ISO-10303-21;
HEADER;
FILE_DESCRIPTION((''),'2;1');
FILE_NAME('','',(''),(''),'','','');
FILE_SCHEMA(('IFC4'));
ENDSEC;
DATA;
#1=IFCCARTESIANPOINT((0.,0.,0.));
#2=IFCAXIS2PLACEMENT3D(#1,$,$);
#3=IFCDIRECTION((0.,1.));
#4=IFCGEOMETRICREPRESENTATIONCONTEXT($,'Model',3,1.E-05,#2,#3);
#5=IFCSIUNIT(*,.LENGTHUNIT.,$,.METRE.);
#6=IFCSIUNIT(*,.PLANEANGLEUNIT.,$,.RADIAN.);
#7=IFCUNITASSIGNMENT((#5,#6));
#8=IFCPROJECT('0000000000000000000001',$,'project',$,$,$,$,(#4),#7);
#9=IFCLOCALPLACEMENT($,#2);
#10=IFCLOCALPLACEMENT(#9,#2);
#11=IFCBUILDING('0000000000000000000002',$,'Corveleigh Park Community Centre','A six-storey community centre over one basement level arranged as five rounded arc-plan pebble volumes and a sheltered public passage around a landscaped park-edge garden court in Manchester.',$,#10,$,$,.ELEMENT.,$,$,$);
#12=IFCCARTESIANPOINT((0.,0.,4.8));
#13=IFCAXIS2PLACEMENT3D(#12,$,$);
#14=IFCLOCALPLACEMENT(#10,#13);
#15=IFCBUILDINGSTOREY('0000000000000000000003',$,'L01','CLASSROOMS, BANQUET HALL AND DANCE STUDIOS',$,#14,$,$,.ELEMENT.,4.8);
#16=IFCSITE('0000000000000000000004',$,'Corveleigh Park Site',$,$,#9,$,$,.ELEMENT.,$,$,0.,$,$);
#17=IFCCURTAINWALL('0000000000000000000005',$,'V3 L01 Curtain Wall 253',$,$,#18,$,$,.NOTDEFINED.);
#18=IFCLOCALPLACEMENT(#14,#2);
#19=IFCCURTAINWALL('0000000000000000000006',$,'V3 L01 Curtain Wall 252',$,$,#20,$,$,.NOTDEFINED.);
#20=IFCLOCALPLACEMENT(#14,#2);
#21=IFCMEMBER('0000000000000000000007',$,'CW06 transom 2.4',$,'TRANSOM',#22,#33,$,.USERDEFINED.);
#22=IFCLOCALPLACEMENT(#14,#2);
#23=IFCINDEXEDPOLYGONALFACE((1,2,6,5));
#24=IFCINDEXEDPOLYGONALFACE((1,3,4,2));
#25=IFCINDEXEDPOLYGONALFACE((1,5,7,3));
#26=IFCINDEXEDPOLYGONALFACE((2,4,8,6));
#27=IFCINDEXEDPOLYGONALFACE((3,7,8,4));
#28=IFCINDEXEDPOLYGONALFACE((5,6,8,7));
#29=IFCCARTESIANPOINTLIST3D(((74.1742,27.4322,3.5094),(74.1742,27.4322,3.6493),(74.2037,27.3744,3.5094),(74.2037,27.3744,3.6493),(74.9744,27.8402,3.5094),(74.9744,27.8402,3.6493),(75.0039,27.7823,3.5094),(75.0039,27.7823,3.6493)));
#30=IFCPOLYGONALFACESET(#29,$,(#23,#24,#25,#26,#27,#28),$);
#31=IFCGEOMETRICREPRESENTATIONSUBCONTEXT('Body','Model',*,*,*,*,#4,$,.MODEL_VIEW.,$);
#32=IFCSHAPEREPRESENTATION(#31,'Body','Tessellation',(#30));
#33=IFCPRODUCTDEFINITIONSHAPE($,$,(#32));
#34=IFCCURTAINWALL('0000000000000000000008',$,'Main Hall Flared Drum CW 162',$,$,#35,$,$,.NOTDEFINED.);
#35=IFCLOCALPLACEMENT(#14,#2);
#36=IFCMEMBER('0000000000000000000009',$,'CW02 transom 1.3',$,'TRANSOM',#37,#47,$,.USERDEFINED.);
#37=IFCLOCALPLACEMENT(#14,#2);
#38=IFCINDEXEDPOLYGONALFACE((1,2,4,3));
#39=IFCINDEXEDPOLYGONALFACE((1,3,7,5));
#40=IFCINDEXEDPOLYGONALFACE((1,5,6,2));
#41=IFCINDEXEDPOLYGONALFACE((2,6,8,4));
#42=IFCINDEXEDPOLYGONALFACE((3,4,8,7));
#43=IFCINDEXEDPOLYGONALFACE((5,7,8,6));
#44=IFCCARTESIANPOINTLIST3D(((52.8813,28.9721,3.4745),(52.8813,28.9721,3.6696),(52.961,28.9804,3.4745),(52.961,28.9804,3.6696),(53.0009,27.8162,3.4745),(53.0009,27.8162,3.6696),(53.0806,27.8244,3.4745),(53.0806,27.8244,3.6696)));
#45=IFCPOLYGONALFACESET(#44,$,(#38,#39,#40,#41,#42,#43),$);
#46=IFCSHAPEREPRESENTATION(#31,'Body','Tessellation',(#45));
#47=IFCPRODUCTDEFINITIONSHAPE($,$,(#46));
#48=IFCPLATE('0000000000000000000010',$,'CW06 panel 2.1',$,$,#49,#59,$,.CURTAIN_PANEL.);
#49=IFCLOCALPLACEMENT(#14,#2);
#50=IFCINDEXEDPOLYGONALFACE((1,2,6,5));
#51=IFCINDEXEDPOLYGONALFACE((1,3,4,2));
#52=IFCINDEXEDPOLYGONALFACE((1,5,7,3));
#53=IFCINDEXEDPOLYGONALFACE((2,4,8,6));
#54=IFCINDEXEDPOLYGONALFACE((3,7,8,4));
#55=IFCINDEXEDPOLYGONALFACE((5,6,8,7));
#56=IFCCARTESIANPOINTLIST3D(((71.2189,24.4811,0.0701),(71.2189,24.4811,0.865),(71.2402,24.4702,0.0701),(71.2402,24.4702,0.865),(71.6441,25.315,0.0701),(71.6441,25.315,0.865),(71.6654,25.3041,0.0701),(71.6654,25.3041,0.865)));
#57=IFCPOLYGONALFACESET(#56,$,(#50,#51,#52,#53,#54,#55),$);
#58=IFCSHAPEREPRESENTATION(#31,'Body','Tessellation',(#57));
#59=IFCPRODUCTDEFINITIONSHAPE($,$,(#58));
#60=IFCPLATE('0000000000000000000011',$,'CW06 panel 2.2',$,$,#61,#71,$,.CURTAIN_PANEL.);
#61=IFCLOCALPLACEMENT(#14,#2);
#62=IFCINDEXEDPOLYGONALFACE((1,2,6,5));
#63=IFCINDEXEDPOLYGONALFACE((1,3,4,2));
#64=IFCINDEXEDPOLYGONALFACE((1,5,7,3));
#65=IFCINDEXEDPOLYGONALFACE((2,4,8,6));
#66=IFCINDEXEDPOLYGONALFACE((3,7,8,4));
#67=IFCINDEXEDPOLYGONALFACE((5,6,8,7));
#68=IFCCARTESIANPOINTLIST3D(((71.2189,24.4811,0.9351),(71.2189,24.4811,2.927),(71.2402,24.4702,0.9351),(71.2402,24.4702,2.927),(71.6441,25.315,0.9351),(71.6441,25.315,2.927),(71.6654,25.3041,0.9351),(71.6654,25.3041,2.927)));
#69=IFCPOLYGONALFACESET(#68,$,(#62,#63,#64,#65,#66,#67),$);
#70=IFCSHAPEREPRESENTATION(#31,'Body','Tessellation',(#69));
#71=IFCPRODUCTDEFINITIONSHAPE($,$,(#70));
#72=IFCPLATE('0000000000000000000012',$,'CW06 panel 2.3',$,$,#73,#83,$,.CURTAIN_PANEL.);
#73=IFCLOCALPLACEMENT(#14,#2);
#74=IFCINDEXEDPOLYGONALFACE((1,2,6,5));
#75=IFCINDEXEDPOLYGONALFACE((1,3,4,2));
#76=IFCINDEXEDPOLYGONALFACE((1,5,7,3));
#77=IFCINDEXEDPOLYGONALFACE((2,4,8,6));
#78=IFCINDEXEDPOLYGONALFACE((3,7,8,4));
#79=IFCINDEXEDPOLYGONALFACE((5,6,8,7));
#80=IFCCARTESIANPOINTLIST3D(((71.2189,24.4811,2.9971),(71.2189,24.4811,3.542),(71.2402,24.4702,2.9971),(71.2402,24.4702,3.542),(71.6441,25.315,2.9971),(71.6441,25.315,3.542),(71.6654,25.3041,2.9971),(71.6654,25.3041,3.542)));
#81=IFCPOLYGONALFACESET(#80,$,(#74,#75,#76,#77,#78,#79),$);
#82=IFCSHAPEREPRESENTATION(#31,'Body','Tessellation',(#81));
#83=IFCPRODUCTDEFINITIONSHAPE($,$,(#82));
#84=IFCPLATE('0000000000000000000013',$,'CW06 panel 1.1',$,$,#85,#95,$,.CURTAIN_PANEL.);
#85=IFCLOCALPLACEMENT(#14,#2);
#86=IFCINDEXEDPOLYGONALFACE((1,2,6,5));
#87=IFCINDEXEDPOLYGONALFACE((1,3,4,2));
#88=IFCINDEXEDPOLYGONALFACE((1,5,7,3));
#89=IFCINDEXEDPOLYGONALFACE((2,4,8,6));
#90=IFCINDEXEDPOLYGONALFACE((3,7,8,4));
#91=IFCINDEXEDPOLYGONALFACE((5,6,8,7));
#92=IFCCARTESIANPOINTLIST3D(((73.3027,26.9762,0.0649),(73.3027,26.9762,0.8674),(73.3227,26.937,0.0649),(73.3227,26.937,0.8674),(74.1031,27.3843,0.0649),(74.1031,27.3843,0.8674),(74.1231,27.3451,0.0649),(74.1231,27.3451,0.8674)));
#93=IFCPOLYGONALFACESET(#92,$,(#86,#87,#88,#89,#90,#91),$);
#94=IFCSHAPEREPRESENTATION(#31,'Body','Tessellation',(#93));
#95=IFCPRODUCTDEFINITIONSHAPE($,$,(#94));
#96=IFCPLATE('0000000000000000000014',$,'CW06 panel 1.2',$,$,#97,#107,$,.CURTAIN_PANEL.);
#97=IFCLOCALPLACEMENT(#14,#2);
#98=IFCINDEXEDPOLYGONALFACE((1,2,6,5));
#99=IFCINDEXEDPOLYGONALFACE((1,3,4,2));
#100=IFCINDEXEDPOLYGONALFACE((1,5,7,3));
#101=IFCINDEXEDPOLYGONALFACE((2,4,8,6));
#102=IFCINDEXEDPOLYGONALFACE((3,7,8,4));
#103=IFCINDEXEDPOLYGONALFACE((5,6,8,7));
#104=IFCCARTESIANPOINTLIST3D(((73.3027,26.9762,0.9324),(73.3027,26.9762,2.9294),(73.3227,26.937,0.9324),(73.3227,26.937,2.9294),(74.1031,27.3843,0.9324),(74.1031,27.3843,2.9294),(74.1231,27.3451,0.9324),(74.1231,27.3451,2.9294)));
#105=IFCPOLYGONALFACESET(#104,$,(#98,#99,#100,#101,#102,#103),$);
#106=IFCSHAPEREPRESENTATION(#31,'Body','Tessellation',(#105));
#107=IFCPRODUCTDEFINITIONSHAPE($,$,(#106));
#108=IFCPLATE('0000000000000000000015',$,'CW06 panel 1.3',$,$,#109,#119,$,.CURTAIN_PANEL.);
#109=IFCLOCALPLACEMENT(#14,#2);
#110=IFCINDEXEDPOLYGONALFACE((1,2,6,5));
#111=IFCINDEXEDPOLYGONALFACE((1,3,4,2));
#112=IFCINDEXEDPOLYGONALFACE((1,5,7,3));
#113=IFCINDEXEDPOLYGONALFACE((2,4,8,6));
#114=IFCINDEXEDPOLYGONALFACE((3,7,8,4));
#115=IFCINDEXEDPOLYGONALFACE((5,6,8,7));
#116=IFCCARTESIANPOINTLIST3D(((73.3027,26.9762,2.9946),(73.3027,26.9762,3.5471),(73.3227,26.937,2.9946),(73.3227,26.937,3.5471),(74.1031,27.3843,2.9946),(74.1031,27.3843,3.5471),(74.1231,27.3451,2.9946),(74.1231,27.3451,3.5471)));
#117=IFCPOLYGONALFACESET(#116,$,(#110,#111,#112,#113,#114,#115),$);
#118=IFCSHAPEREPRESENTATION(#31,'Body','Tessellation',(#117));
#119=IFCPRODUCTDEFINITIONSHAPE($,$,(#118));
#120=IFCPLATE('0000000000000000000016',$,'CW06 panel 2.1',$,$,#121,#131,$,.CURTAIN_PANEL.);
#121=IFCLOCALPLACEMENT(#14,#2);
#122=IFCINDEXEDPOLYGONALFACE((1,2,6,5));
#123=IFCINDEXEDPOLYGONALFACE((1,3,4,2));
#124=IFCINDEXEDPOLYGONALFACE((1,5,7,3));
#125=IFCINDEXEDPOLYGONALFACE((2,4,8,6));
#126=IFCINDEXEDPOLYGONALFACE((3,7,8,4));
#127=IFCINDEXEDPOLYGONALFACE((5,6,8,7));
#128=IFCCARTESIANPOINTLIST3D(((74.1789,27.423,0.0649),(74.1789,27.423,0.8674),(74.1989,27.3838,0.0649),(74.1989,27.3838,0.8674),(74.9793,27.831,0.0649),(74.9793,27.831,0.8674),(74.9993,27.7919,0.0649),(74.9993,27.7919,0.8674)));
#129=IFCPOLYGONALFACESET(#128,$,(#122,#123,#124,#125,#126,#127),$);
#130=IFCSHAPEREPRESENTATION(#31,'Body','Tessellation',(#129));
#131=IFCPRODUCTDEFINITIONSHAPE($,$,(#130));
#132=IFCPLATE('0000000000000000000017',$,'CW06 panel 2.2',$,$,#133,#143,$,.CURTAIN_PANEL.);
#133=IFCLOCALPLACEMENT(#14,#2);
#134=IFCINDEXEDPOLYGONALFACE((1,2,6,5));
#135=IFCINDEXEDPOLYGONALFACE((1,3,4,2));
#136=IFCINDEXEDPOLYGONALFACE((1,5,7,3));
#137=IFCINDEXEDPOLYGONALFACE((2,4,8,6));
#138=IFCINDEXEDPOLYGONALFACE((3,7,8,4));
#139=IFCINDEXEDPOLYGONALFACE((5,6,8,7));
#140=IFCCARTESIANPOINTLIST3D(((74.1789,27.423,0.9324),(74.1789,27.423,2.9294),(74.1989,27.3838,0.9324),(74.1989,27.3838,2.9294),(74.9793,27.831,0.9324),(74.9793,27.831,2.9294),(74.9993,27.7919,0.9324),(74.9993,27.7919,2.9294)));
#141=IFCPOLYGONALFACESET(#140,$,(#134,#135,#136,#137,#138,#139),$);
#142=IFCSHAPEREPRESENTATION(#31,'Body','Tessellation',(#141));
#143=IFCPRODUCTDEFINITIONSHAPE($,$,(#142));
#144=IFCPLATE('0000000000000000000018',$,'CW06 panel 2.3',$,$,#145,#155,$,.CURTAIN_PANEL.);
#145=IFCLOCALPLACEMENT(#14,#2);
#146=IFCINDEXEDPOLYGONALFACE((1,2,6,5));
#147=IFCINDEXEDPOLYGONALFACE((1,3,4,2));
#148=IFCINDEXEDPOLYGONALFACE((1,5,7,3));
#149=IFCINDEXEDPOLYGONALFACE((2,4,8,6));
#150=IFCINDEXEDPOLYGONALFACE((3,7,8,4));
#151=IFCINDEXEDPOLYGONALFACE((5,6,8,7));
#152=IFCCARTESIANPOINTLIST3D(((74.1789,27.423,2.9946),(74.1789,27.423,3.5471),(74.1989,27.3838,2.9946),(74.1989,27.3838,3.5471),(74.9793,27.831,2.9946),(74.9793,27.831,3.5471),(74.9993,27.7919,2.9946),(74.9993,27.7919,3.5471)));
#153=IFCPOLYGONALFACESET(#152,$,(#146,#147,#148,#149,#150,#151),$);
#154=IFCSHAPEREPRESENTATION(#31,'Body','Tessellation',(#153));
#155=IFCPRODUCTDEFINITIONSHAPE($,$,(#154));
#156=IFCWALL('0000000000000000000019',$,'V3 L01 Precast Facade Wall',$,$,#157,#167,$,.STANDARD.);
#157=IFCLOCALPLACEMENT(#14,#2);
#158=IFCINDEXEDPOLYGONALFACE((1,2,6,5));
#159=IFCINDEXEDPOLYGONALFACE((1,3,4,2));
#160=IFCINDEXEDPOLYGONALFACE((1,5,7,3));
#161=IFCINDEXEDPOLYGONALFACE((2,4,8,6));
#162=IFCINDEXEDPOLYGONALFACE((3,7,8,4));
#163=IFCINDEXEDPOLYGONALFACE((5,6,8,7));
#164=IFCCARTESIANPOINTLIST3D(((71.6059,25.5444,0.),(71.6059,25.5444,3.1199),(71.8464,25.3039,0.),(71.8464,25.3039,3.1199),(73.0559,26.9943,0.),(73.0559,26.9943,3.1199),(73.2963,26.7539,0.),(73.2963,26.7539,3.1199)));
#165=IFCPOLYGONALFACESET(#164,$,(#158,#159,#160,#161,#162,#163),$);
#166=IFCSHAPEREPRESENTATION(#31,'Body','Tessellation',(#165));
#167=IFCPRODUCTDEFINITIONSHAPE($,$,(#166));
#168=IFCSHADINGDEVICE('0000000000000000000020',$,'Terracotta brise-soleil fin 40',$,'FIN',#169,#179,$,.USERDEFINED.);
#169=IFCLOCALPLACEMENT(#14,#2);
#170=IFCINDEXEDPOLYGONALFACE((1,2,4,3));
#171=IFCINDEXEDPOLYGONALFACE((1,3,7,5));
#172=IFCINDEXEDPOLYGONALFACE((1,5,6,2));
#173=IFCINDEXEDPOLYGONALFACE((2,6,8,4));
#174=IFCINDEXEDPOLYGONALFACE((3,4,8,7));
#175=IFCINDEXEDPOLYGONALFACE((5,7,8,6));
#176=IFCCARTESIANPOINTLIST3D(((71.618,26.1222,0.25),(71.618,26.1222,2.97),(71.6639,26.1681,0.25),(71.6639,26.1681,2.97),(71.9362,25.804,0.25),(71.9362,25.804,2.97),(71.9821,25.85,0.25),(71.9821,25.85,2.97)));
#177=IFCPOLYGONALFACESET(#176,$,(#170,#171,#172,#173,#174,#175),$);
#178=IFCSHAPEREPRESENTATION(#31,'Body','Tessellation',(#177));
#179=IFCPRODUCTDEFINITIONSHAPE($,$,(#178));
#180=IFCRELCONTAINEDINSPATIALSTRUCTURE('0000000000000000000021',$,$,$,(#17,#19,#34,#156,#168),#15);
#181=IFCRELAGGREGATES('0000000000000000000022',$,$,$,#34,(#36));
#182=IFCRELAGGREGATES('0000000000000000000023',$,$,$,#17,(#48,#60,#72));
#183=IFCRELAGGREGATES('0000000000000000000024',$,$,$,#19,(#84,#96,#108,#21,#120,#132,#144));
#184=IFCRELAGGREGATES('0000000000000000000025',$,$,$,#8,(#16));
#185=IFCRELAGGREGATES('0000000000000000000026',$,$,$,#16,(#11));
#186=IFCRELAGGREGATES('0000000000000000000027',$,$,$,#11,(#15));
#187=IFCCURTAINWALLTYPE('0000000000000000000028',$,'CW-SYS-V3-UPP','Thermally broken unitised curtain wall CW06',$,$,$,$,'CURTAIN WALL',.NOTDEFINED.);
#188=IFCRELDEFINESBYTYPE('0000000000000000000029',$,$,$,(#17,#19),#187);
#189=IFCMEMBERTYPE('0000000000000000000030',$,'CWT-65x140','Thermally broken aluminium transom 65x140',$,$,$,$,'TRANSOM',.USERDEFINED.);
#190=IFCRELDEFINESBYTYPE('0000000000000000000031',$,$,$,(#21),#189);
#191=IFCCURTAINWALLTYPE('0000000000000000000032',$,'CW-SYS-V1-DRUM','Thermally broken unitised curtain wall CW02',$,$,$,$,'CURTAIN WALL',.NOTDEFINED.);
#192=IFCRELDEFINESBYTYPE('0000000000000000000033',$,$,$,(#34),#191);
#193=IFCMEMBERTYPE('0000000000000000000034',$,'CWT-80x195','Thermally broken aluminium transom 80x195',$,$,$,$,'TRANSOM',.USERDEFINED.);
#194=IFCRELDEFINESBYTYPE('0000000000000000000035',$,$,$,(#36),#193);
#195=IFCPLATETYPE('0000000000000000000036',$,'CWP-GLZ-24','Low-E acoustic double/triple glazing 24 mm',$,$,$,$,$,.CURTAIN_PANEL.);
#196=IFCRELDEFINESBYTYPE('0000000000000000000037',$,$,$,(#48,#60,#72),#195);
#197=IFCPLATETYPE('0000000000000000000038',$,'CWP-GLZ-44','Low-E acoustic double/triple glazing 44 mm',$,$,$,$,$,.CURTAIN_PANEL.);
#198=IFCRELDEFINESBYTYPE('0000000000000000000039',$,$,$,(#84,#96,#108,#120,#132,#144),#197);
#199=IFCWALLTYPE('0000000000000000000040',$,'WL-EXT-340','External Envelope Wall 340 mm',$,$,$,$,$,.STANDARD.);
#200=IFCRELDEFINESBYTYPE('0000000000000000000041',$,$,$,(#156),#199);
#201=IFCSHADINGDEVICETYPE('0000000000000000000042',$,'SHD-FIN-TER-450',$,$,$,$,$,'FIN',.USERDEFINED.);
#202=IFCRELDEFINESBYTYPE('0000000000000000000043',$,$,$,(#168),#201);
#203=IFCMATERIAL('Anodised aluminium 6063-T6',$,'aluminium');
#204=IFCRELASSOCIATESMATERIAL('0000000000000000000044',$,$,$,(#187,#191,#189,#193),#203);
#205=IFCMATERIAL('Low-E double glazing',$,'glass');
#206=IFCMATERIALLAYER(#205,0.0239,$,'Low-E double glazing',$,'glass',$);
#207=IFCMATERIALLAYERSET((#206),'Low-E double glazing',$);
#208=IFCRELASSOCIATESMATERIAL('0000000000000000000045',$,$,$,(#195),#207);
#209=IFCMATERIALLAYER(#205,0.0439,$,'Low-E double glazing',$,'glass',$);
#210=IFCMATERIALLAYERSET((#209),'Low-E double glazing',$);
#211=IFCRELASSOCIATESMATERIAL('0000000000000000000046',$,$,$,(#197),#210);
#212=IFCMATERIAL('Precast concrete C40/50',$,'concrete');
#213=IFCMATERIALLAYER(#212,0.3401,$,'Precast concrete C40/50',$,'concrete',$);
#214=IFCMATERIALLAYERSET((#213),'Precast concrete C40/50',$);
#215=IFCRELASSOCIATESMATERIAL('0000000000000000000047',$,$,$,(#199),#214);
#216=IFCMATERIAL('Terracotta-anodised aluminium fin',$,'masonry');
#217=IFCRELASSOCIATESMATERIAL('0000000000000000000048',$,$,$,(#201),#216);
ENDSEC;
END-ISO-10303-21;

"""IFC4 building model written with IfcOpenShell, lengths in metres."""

from ifc_helpers import new_model, si_unit, direction, frame, frame_2d, origin, origin_2d, place, context, subcontext, project, spatial, rectangle, extrude, material, layer, layer_set, material_profile, profile_set, type_object, element, aggregate, save


model = new_model("IFC4")

# Units and contexts
model_context = context("Model", 3, precision=1e-05, world=origin(), true_north=direction((0.0, 1.0)))
body_context = subcontext(model_context, "Body", "Model", "MODEL_VIEW")
ifc_project = project(units=[si_unit("LENGTHUNIT", "METRE"), si_unit("PLANEANGLEUNIT", "RADIAN")], contexts=[model_context])

# Site, building, storey
site_placement = place(None, origin())
site = spatial("IfcSite", under=ifc_project, at=site_placement, Name="Corveleigh Park Site", CompositionType="ELEMENT", RefElevation=0.0)
building_placement = place(site_placement, origin())
building = spatial("IfcBuilding", under=site, at=building_placement, Name="Corveleigh Park Community Centre", Description="A six-storey community centre over one basement level arranged as five rounded arc-plan pebble volumes and a sheltered public passage around a landscaped park-edge garden court in Manchester.", CompositionType="ELEMENT")
storey_placement = place(building_placement, frame((0.0, 0.0, 4.8)))
storey = spatial("IfcBuildingStorey", under=building, at=storey_placement, Name="L01", Description="CLASSROOMS, BANQUET HALL AND DANCE STUDIOS", CompositionType="ELEMENT", Elevation=4.8)

# Curtain wall
ifc_material_1 = material(Name="Anodised aluminium 6063-T6", Category="aluminium")
curtain_wall_type_1 = type_object("IfcCurtainWallType", Name="CW-SYS-V3-UPP", Description="Thermally broken unitised curtain wall CW06", ElementType="CURTAIN WALL", PredefinedType="NOTDEFINED", material=ifc_material_1)
curtain_wall_1_placement = place(storey_placement, origin())
curtain_wall_1 = element("IfcCurtainWall", 1, at=curtain_wall_1_placement, inside=storey, type_object=curtain_wall_type_1, Name="V3 L01 Curtain Wall 253", PredefinedType="NOTDEFINED")

# Curtain wall, member
curtain_wall_2_placement = place(storey_placement, origin())
curtain_wall_2 = element("IfcCurtainWall", 2, at=curtain_wall_2_placement, inside=storey, type_object=curtain_wall_type_1, Name="V3 L01 Curtain Wall 252", PredefinedType="NOTDEFINED")
ifc_material_profile_1 = material_profile(ifc_material_1, rectangle(XDim=0.0649, YDim=0.1399, at=origin_2d()), Name="ALU-T65x140", Category="aluminium")
ifc_profile_set_1 = profile_set([ifc_material_profile_1], Name="Anodised aluminium 6063-T6")
member_type_1 = type_object("IfcMemberType", Name="CWT-65x140", Description="Thermally broken aluminium transom 65x140", ElementType="TRANSOM", PredefinedType="USERDEFINED", material=ifc_profile_set_1)
member_1_placement = place(storey_placement, frame((74.189, 27.4033, 3.5793), z_axis=(0.890921, 0.454158, 0.0), x_axis=(-0.454158, 0.890921, 0.0)))
member_1 = element("IfcMember", 3, at=member_1_placement, type_object=member_type_1, Name="CW06 transom 2.4", ObjectType="TRANSOM", PredefinedType="USERDEFINED", context=body_context, shape_type="SweptSolid", body=[
    extrude(rectangle(XDim=0.0649, YDim=0.1399, at=origin_2d()), origin(), (0.0, 0.0, 1.0), 0.8982),
])

# Curtain wall, member
curtain_wall_type_2 = type_object("IfcCurtainWallType", Name="CW-SYS-V1-DRUM", Description="Thermally broken unitised curtain wall CW02", ElementType="CURTAIN WALL", PredefinedType="NOTDEFINED", material=ifc_material_1)
curtain_wall_3_placement = place(storey_placement, origin())
curtain_wall_3 = element("IfcCurtainWall", 4, at=curtain_wall_3_placement, inside=storey, type_object=curtain_wall_type_2, Name="Main Hall Flared Drum CW 162", PredefinedType="NOTDEFINED")
ifc_material_profile_2 = material_profile(ifc_material_1, rectangle(XDim=0.0801, YDim=0.1951, at=origin_2d()), Name="ALU-T80x195", Category="aluminium")
ifc_profile_set_2 = profile_set([ifc_material_profile_2], Name="Anodised aluminium 6063-T6")
member_type_2 = type_object("IfcMemberType", Name="CWT-80x195", Description="Thermally broken aluminium transom 80x195", ElementType="TRANSOM", PredefinedType="USERDEFINED", material=ifc_profile_set_2)
member_2_placement = place(storey_placement, frame((53.0408, 27.8203, 3.572), z_axis=(-0.102935, 0.994688, 0.0), x_axis=(-0.994688, -0.102935, 0.0)))
member_2 = element("IfcMember", 5, at=member_2_placement, type_object=member_type_2, Name="CW02 transom 1.3", ObjectType="TRANSOM", PredefinedType="USERDEFINED", context=body_context, shape_type="SweptSolid", body=[
    extrude(rectangle(XDim=0.0801, YDim=0.1951, at=origin_2d()), origin(), (0.0, 0.0, 1.0), 1.1621),
])
aggregate(curtain_wall_3, [member_2])

# Plates
ifc_material_2 = material(Name="Low-E double glazing", Category="glass")
ifc_layer_1 = layer(ifc_material_2, 0.0239, Name="Low-E double glazing", Category="glass")
ifc_layer_set_1 = layer_set([ifc_layer_1], Name="Low-E double glazing")
plate_type_1 = type_object("IfcPlateType", Name="CWP-GLZ-24", Description="Low-E acoustic double/triple glazing 24 mm", PredefinedType="CURTAIN_PANEL", material=ifc_layer_set_1)
plate_1_placement = place(storey_placement, frame((71.4421, 24.8926, 0.0701), z_axis=(0.0, 0.0, 1.0), x_axis=(0.454218, 0.890891, 0.0)))
plate_1 = element("IfcPlate", 6, at=plate_1_placement, type_object=plate_type_1, Name="CW06 panel 2.1", PredefinedType="CURTAIN_PANEL", context=body_context, shape_type="SweptSolid", body=[
    extrude(rectangle(XDim=0.936, YDim=0.0239, at=origin_2d()), origin(), (0.0, 0.0, 1.0), 0.7949),
])
plate_2_placement = place(storey_placement, frame((71.4421, 24.8926, 0.9351), z_axis=(0.0, 0.0, 1.0), x_axis=(0.454218, 0.890891, 0.0)))
plate_2 = element("IfcPlate", 7, at=plate_2_placement, type_object=plate_type_1, Name="CW06 panel 2.2", PredefinedType="CURTAIN_PANEL", context=body_context, shape_type="SweptSolid", body=[
    extrude(rectangle(XDim=0.936, YDim=0.0239, at=origin_2d()), origin(), (0.0, 0.0, 1.0), 1.9919),
])
plate_3_placement = place(storey_placement, frame((71.4421, 24.8926, 2.9971), z_axis=(0.0, 0.0, 1.0), x_axis=(0.454218, 0.890891, 0.0)))
plate_3 = element("IfcPlate", 8, at=plate_3_placement, type_object=plate_type_1, Name="CW06 panel 2.3", PredefinedType="CURTAIN_PANEL", context=body_context, shape_type="SweptSolid", body=[
    extrude(rectangle(XDim=0.936, YDim=0.0239, at=origin_2d()), origin(), (0.0, 0.0, 1.0), 0.5449),
])
aggregate(curtain_wall_1, [plate_1, plate_2, plate_3])
ifc_layer_2 = layer(ifc_material_2, 0.0439, Name="Low-E double glazing", Category="glass")
ifc_layer_set_2 = layer_set([ifc_layer_2], Name="Low-E double glazing")
plate_type_2 = type_object("IfcPlateType", Name="CWP-GLZ-44", Description="Low-E acoustic double/triple glazing 44 mm", PredefinedType="CURTAIN_PANEL", material=ifc_layer_set_2)
plate_4_placement = place(storey_placement, frame((73.7129, 27.1606, 0.0649), z_axis=(0.0, 0.0, 1.0), x_axis=(0.890891, 0.454218, 0.0)))
plate_4 = element("IfcPlate", 9, at=plate_4_placement, type_object=plate_type_2, Name="CW06 panel 1.1", PredefinedType="CURTAIN_PANEL", context=body_context, shape_type="SweptSolid", body=[
    extrude(rectangle(XDim=0.8984, YDim=0.0439, at=origin_2d()), origin(), (0.0, 0.0, 1.0), 0.8025),
])
plate_5_placement = place(storey_placement, frame((73.7129, 27.1606, 0.9324), z_axis=(0.0, 0.0, 1.0), x_axis=(0.890891, 0.454218, 0.0)))
plate_5 = element("IfcPlate", 10, at=plate_5_placement, type_object=plate_type_2, Name="CW06 panel 1.2", PredefinedType="CURTAIN_PANEL", context=body_context, shape_type="SweptSolid", body=[
    extrude(rectangle(XDim=0.8984, YDim=0.0439, at=origin_2d()), origin(), (0.0, 0.0, 1.0), 1.9971),
])
plate_6_placement = place(storey_placement, frame((73.7129, 27.1606, 2.9946), z_axis=(0.0, 0.0, 1.0), x_axis=(0.890891, 0.454218, 0.0)))
plate_6 = element("IfcPlate", 11, at=plate_6_placement, type_object=plate_type_2, Name="CW06 panel 1.3", PredefinedType="CURTAIN_PANEL", context=body_context, shape_type="SweptSolid", body=[
    extrude(rectangle(XDim=0.8984, YDim=0.0439, at=origin_2d()), origin(), (0.0, 0.0, 1.0), 0.5525),
])
plate_7_placement = place(storey_placement, frame((74.5891, 27.6074, 0.0649), z_axis=(0.0, 0.0, 1.0), x_axis=(0.890891, 0.454218, 0.0)))
plate_7 = element("IfcPlate", 12, at=plate_7_placement, type_object=plate_type_2, Name="CW06 panel 2.1", PredefinedType="CURTAIN_PANEL", context=body_context, shape_type="SweptSolid", body=[
    extrude(rectangle(XDim=0.8984, YDim=0.0439, at=origin_2d()), origin(), (0.0, 0.0, 1.0), 0.8025),
])
plate_8_placement = place(storey_placement, frame((74.5891, 27.6074, 0.9324), z_axis=(0.0, 0.0, 1.0), x_axis=(0.890891, 0.454218, 0.0)))
plate_8 = element("IfcPlate", 13, at=plate_8_placement, type_object=plate_type_2, Name="CW06 panel 2.2", PredefinedType="CURTAIN_PANEL", context=body_context, shape_type="SweptSolid", body=[
    extrude(rectangle(XDim=0.8984, YDim=0.0439, at=origin_2d()), origin(), (0.0, 0.0, 1.0), 1.9971),
])
plate_9_placement = place(storey_placement, frame((74.5891, 27.6074, 2.9946), z_axis=(0.0, 0.0, 1.0), x_axis=(0.890891, 0.454218, 0.0)))
plate_9 = element("IfcPlate", 14, at=plate_9_placement, type_object=plate_type_2, Name="CW06 panel 2.3", PredefinedType="CURTAIN_PANEL", context=body_context, shape_type="SweptSolid", body=[
    extrude(rectangle(XDim=0.8984, YDim=0.0439, at=origin_2d()), origin(), (0.0, 0.0, 1.0), 0.5525),
])
aggregate(curtain_wall_2, [plate_4, plate_5, plate_6, member_1, plate_7, plate_8, plate_9])

# Wall
ifc_material_3 = material(Name="Precast concrete C40/50", Category="concrete")
ifc_layer_3 = layer(ifc_material_3, 0.3401, Name="Precast concrete C40/50", Category="concrete")
ifc_layer_set_3 = layer_set([ifc_layer_3], Name="Precast concrete C40/50")
wall_type = type_object("IfcWallType", Name="WL-EXT-340", Description="External Envelope Wall 340 mm", PredefinedType="STANDARD", material=ifc_layer_set_3)
wall_placement = place(storey_placement, frame((71.7261, 25.4241, 0.0), z_axis=(0.0, 0.0, 1.0), x_axis=(0.707107, 0.707107, 0.0)))
element("IfcWall", 15, at=wall_placement, inside=storey, type_object=wall_type, Name="V3 L01 Precast Facade Wall", PredefinedType="STANDARD", context=body_context, shape_type="SweptSolid", body=[
    extrude(rectangle(XDim=2.0505, YDim=0.3401, at=frame_2d((1.0254, 0.0))), origin(), (0.0, 0.0, 1.0), 3.1199),
])

# Shading device
ifc_material_4 = material(Name="Terracotta-anodised aluminium fin", Category="masonry")
shading_device_type = type_object("IfcShadingDeviceType", Name="SHD-FIN-TER-450", ElementType="FIN", PredefinedType="USERDEFINED", material=ifc_material_4)
shading_device_placement = place(storey_placement, frame((71.8, 25.9861, 0.25), z_axis=(0.0, 0.0, 1.0), x_axis=(-0.707107, 0.707107, 0.0)))
element("IfcShadingDevice", 16, at=shading_device_placement, inside=storey, type_object=shading_device_type, Name="Terracotta brise-soleil fin 40", ObjectType="FIN", PredefinedType="USERDEFINED", context=body_context, shape_type="SweptSolid", body=[
    extrude(rectangle(XDim=0.45, YDim=0.0649, at=origin_2d()), origin(), (0.0, 0.0, 1.0), 2.72),
])

save(model, "model.ifc")
